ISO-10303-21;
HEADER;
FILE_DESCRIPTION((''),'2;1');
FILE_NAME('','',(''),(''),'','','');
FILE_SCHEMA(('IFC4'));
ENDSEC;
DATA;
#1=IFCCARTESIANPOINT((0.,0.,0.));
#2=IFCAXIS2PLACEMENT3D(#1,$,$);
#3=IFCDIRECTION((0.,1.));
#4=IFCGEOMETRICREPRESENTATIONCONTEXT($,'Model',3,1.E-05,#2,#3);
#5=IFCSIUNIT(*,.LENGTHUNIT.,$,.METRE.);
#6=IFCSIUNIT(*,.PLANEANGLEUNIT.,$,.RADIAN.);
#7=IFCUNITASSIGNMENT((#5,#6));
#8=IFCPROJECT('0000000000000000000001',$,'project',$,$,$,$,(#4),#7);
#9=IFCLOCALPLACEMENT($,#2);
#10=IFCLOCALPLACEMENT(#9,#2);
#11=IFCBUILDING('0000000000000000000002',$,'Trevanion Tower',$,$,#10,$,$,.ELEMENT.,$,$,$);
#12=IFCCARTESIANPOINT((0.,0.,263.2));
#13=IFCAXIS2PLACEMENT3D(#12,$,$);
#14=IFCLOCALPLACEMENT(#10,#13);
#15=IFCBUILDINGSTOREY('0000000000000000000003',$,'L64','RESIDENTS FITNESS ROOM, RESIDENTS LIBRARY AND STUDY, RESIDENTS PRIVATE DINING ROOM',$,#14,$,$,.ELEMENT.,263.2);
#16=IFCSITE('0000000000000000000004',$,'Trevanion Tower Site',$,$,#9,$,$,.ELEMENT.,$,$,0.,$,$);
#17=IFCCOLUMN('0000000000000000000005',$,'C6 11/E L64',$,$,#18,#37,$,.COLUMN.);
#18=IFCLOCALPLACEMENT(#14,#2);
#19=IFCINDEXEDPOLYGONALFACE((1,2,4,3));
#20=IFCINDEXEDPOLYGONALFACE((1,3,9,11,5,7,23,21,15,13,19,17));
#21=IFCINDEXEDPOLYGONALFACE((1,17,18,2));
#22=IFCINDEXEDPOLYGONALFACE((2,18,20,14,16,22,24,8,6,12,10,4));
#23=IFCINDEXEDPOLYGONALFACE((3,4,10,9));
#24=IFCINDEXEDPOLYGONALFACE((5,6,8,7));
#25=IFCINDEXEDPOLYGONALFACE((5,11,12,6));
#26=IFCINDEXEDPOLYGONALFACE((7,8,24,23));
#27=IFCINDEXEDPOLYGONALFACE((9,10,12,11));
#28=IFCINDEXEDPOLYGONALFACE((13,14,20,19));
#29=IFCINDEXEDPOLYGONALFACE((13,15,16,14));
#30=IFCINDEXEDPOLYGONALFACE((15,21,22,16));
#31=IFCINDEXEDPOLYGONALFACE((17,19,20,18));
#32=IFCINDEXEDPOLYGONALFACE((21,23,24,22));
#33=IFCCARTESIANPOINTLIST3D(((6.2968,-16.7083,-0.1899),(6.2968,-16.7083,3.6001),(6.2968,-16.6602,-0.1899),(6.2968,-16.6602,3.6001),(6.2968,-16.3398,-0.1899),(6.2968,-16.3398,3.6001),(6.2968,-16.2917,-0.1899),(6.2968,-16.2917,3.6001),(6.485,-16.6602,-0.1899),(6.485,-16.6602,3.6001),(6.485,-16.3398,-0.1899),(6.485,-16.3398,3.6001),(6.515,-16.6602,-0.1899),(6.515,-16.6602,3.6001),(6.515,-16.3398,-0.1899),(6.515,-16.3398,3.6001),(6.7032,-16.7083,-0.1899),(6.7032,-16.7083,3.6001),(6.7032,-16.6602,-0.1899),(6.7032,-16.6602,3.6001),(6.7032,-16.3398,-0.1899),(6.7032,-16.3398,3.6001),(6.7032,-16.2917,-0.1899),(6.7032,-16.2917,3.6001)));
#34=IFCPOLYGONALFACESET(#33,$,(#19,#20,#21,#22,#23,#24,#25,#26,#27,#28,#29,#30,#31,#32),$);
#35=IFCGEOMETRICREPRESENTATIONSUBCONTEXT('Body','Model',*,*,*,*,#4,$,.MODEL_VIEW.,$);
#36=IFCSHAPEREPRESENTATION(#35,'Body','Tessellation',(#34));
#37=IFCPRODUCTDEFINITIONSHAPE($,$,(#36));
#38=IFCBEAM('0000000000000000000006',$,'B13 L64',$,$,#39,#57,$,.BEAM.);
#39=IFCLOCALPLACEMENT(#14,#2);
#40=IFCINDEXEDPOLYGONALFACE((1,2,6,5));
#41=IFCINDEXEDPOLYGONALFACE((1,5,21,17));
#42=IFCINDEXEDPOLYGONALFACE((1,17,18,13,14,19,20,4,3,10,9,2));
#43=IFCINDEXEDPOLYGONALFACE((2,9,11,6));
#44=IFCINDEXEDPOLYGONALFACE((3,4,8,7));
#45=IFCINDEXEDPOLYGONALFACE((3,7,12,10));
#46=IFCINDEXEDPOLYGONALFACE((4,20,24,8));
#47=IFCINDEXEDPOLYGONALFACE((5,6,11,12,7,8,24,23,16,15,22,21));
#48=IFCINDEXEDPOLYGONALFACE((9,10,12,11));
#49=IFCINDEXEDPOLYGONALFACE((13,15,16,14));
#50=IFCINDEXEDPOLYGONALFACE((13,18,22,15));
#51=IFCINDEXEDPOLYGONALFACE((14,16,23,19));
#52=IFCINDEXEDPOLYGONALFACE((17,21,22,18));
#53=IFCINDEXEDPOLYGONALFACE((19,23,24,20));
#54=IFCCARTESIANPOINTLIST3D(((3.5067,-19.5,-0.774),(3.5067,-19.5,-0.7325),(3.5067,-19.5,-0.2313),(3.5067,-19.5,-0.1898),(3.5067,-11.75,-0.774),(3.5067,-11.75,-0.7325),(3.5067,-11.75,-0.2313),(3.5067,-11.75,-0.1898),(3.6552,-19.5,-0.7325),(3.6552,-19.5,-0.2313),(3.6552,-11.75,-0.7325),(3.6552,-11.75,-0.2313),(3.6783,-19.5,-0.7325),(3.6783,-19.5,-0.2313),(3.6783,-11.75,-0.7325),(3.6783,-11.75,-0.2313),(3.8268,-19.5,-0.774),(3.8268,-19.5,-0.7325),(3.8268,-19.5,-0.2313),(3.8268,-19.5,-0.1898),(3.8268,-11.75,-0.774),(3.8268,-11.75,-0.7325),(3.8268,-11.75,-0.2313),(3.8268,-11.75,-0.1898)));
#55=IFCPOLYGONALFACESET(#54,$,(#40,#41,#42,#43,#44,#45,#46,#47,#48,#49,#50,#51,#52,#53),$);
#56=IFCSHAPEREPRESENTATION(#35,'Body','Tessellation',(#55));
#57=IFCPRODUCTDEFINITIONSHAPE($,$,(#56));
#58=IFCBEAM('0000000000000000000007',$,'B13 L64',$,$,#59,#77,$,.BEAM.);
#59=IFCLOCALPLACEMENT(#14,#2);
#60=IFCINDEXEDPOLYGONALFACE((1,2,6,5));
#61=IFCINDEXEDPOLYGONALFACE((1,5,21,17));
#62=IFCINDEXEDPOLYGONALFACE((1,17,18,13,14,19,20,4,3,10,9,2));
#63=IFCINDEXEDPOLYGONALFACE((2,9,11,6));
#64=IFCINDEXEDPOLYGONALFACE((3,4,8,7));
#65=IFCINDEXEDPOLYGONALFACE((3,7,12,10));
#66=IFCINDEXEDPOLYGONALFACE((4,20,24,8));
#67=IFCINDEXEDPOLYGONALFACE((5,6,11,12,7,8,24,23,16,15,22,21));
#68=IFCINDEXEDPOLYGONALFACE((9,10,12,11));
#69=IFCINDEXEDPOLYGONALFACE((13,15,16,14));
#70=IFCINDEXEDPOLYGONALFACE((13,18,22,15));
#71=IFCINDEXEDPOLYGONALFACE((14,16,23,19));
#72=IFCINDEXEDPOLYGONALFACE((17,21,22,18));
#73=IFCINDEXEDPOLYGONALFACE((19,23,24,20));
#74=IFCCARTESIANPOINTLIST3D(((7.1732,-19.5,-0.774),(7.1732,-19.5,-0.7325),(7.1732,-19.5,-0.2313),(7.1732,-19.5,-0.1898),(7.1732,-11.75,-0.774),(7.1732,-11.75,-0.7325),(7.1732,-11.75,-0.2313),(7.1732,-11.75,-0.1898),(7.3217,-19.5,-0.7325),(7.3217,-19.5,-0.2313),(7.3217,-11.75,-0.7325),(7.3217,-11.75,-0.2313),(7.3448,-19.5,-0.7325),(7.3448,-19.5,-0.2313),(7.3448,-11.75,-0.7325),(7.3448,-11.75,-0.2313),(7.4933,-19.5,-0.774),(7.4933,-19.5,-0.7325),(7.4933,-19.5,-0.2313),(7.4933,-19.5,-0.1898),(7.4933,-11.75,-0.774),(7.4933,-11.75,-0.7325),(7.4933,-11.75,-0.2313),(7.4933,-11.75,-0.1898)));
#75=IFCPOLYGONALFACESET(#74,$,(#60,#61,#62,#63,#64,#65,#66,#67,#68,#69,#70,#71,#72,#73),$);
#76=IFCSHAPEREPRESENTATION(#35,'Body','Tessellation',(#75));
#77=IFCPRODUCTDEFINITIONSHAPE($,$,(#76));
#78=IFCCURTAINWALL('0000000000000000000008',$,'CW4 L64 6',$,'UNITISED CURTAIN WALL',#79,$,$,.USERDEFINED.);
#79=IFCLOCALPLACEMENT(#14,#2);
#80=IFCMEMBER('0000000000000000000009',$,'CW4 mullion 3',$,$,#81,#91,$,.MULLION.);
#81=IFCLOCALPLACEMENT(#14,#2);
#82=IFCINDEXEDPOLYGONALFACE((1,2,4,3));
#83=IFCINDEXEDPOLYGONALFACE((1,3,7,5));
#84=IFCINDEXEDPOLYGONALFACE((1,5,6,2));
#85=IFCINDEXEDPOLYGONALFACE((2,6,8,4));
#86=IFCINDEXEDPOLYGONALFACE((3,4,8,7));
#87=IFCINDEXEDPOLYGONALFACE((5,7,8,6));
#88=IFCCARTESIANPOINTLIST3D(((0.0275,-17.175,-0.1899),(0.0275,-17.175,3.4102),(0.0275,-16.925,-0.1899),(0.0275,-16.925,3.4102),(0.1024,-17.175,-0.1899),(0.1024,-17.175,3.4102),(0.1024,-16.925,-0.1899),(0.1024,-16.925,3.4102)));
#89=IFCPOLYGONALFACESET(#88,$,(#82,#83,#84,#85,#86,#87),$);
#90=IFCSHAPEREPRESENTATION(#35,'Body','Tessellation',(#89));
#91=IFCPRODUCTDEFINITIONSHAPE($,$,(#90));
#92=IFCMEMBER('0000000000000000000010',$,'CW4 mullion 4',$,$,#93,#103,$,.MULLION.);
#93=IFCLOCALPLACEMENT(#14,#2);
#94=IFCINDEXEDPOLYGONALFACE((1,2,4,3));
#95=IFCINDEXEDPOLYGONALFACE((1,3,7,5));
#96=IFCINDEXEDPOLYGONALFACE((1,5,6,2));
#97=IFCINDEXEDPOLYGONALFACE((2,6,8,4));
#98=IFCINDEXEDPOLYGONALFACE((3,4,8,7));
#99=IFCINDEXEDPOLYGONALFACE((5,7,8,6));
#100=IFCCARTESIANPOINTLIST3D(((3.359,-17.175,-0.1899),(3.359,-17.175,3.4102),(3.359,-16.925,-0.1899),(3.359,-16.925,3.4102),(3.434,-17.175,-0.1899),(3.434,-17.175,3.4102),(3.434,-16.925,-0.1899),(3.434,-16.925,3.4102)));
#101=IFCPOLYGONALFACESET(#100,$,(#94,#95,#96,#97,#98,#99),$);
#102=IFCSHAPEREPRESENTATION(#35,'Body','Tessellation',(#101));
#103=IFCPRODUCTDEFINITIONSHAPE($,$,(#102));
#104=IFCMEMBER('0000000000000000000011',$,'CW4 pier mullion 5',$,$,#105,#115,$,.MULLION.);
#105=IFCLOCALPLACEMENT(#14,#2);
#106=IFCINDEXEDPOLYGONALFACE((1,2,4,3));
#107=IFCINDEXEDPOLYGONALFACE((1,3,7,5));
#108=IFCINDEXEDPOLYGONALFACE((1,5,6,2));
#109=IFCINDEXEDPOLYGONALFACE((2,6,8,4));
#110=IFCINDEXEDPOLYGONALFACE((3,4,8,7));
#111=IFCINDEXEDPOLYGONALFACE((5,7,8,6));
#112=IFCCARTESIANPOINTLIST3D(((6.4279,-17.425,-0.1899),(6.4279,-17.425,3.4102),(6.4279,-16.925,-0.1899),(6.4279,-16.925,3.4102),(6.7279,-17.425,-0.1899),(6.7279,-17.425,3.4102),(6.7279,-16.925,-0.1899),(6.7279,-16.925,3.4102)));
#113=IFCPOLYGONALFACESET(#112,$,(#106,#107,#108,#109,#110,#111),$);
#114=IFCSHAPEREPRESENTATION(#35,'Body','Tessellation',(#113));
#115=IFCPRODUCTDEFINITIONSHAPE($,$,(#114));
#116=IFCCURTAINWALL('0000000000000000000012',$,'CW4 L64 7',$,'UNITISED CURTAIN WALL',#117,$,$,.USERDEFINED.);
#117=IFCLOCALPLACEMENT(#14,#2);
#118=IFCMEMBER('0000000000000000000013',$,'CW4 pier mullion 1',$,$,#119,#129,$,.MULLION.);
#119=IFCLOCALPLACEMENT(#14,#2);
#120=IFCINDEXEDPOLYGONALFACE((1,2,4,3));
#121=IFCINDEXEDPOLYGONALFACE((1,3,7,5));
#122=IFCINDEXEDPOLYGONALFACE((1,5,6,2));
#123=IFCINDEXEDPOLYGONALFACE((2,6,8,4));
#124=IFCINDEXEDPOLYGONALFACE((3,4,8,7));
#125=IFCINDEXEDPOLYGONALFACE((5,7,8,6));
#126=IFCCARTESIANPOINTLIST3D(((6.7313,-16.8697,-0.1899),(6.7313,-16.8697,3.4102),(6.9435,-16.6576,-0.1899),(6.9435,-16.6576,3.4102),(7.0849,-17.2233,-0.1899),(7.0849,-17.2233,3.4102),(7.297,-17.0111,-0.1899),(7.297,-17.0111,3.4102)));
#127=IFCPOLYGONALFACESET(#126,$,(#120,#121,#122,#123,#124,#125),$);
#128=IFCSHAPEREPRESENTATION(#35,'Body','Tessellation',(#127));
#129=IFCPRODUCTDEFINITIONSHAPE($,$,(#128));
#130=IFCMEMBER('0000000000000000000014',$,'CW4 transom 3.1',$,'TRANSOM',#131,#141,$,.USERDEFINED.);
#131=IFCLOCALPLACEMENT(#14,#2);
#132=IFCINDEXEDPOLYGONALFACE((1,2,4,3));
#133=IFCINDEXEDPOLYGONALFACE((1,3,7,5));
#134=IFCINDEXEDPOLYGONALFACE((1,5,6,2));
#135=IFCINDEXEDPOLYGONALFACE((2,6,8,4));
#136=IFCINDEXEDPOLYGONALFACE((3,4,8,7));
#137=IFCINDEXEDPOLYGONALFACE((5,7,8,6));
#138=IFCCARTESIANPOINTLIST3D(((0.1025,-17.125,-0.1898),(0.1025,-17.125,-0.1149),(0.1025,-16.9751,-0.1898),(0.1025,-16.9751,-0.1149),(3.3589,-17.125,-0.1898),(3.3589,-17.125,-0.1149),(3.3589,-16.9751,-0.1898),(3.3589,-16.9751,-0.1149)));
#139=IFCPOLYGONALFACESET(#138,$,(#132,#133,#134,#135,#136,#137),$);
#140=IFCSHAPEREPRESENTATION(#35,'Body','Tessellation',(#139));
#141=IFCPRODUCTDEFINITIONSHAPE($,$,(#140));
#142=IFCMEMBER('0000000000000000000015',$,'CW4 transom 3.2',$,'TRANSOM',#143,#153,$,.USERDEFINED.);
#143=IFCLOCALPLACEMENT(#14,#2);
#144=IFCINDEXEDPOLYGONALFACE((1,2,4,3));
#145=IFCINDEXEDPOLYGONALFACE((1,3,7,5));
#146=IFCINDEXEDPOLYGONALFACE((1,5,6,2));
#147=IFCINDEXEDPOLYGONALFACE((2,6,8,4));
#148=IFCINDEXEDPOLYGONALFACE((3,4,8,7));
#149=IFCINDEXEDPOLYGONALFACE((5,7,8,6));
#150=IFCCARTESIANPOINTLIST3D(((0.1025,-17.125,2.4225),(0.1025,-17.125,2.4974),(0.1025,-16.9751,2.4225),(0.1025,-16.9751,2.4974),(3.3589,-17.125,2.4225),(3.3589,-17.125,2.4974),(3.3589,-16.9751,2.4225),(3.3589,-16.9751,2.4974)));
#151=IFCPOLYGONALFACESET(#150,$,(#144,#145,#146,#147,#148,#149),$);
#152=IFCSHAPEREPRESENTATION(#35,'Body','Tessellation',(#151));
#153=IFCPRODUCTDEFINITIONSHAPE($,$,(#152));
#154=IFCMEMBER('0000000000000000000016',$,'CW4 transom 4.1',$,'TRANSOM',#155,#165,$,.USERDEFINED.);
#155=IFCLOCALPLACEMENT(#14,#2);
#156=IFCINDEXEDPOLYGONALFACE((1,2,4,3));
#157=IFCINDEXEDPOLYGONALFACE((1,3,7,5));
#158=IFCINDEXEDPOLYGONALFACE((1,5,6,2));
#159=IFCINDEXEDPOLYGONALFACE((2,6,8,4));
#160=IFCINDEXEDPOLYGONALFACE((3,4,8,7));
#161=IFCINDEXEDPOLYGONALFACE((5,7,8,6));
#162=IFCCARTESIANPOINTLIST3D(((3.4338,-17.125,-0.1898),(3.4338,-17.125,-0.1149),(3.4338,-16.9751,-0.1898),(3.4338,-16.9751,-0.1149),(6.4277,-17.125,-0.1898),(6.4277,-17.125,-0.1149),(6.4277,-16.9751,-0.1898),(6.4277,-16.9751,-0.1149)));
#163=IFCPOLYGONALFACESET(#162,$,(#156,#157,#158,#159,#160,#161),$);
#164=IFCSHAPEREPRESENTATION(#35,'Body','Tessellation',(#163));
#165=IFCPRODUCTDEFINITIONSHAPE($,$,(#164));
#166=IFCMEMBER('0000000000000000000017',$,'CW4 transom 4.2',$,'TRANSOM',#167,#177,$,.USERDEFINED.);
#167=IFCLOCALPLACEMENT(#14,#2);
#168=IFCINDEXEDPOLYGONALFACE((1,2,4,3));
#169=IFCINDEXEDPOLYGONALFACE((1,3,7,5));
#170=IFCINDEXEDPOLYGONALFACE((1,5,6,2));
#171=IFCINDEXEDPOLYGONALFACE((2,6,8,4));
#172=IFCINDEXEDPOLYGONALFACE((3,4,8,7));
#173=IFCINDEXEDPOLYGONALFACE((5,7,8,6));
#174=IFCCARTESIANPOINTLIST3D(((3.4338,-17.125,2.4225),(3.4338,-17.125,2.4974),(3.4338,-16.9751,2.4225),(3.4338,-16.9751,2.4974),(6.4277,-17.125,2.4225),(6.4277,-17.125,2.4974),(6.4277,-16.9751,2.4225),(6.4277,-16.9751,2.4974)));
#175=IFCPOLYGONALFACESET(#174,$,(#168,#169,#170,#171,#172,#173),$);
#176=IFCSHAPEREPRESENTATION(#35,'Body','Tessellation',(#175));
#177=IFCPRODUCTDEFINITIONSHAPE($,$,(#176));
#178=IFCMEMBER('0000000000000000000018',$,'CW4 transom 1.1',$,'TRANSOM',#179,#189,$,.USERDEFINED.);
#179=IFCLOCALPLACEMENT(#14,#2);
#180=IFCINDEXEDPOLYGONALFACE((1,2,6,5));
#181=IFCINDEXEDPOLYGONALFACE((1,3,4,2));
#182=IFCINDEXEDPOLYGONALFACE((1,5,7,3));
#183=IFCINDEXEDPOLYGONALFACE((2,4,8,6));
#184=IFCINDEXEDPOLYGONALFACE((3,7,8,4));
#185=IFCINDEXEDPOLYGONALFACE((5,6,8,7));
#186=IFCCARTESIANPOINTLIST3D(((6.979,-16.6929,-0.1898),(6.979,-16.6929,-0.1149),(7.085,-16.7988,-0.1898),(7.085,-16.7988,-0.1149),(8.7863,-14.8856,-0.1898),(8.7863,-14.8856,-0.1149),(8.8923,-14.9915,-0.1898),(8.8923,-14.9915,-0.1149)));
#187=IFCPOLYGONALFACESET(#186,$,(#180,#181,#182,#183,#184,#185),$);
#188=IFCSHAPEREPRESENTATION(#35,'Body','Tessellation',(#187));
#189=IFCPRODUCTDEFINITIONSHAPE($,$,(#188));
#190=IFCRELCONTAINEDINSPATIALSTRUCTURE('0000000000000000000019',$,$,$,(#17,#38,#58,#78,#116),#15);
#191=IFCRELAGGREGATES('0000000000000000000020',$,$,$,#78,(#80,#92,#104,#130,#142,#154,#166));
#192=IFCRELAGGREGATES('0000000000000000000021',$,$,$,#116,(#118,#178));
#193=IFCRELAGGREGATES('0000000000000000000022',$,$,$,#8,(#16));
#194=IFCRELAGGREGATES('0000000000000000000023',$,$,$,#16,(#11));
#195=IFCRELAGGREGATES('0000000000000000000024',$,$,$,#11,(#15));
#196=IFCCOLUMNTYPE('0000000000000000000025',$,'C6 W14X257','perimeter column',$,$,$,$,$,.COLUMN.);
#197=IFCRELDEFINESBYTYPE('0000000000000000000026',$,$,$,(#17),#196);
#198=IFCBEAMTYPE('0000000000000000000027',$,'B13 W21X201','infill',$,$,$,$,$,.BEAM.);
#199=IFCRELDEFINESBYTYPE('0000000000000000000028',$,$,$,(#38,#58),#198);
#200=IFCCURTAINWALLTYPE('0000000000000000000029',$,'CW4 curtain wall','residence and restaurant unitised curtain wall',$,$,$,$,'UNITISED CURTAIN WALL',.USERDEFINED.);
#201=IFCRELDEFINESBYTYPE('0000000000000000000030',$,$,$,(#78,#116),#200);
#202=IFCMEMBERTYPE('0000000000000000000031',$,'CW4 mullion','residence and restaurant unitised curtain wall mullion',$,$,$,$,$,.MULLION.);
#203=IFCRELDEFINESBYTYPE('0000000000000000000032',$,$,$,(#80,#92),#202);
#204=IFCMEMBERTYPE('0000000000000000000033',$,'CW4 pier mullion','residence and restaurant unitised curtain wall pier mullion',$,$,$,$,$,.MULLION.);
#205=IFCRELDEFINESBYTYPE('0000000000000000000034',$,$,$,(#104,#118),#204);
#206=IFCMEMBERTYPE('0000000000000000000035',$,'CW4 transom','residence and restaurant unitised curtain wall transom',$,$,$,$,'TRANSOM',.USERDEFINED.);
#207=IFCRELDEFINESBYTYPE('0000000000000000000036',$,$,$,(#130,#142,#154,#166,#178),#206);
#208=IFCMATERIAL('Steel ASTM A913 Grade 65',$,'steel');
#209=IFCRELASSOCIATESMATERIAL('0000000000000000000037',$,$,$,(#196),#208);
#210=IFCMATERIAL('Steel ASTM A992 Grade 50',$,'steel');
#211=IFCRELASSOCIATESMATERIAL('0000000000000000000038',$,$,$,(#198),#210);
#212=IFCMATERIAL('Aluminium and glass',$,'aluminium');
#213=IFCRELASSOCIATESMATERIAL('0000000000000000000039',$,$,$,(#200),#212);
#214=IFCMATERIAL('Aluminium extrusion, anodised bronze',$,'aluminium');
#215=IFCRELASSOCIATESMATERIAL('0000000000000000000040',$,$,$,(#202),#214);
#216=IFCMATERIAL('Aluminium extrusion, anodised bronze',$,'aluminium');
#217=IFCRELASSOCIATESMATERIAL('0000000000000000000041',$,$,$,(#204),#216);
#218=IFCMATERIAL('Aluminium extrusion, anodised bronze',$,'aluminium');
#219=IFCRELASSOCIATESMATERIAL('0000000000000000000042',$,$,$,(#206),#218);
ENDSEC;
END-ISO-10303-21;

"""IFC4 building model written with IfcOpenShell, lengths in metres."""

from ifc_helpers import new_model, si_unit, direction, frame, origin, origin_2d, place, context, subcontext, project, spatial, rectangle, i_section, extrude, material, material_profile, profile_set, type_object, element, aggregate, save


model = new_model("IFC4")

# Units and contexts
model_context = context("Model", 3, precision=1e-05, world=origin(), true_north=direction((0.0, 1.0)))
body_context = subcontext(model_context, "Body", "Model", "MODEL_VIEW")
ifc_project = project(units=[si_unit("LENGTHUNIT", "METRE"), si_unit("PLANEANGLEUNIT", "RADIAN")], contexts=[model_context])

# Site, building, storey
site_placement = place(None, origin())
site = spatial("IfcSite", under=ifc_project, at=site_placement, Name="Trevanion Tower Site", CompositionType="ELEMENT", RefElevation=0.0)
building_placement = place(site_placement, origin())
building = spatial("IfcBuilding", under=site, at=building_placement, Name="Trevanion Tower", CompositionType="ELEMENT")
storey_placement = place(building_placement, frame((0.0, 0.0, 263.2)))
storey = spatial("IfcBuildingStorey", under=building, at=storey_placement, Name="L64", Description="RESIDENTS FITNESS ROOM, RESIDENTS LIBRARY AND STUDY, RESIDENTS PRIVATE DINING ROOM", CompositionType="ELEMENT", Elevation=263.2)

# Column
ifc_material_1 = material(Name="Steel ASTM A913 Grade 65", Category="steel")
ifc_material_profile_1 = material_profile(ifc_material_1, i_section(OverallWidth=0.4065, OverallDepth=0.4165, WebThickness=0.03, FlangeThickness=0.0481, at=origin_2d()), Name="W14X257")
ifc_profile_set_1 = profile_set([ifc_material_profile_1], Name="Steel ASTM A913 Grade 65")
column_type = type_object("IfcColumnType", Name="C6 W14X257", Description="perimeter column", PredefinedType="COLUMN", material=ifc_profile_set_1)
column_placement = place(storey_placement, frame((6.5, -16.5, -0.1899), z_axis=(0.0, 0.0, 1.0), x_axis=(1.0, 0.0, 0.0)))
element("IfcColumn", 1, at=column_placement, inside=storey, type_object=column_type, Name="C6 11/E L64", PredefinedType="COLUMN", context=body_context, shape_type="SweptSolid", body=[
    extrude(i_section(OverallWidth=0.4065, OverallDepth=0.4165, WebThickness=0.03, FlangeThickness=0.0481, at=origin_2d()), origin(), (0.0, 0.0, 1.0), 3.79),
])

# Beams
ifc_material_2 = material(Name="Steel ASTM A992 Grade 50", Category="steel")
ifc_material_profile_2 = material_profile(ifc_material_2, i_section(OverallWidth=0.3201, OverallDepth=0.5842, WebThickness=0.0232, FlangeThickness=0.0415, at=origin_2d()), Name="W21X201")
ifc_profile_set_2 = profile_set([ifc_material_profile_2], Name="Steel ASTM A992 Grade 50")
beam_type_1 = type_object("IfcBeamType", Name="B13 W21X201", Description="infill", PredefinedType="BEAM", material=ifc_profile_set_2)
for number, where, z_axis, x_axis, name in (
    (2, (3.6667, -11.75, -0.4819), (0.0, -1.0, 0.0), (1.0, 0.0, 0.0), "B13 L64"),
    (3, (7.3333, -11.75, -0.4819), (0.0, -1.0, 0.0), (1.0, 0.0, 0.0), "B13 L64"),
):
    element("IfcBeam", number, at=place(storey_placement, frame(where, z_axis=z_axis, x_axis=x_axis)), inside=storey, type_object=beam_type_1, Name=name, PredefinedType="BEAM", context=body_context, shape_type="SweptSolid", body=[
        extrude(i_section(OverallWidth=0.3201, OverallDepth=0.5842, WebThickness=0.0232, FlangeThickness=0.0415, at=origin_2d()), origin(), (0.0, 0.0, 1.0), 7.75),
    ])

# Curtain wall, members
ifc_material_3 = material(Name="Aluminium and glass", Category="aluminium")
curtain_wall_type = type_object("IfcCurtainWallType", Name="CW4 curtain wall", Description="residence and restaurant unitised curtain wall", ElementType="UNITISED CURTAIN WALL", PredefinedType="USERDEFINED", material=ifc_material_3)
curtain_wall_1_placement = place(storey_placement, origin())
curtain_wall_1 = element("IfcCurtainWall", 4, at=curtain_wall_1_placement, inside=storey, type_object=curtain_wall_type, Name="CW4 L64 6", ObjectType="UNITISED CURTAIN WALL", PredefinedType="USERDEFINED")
ifc_material_4 = material(Name="Aluminium extrusion, anodised bronze", Category="aluminium")
ifc_material_profile_3 = material_profile(ifc_material_4, rectangle(XDim=0.075, YDim=0.25, at=origin_2d()), Name="CW4 mullion")
ifc_profile_set_3 = profile_set([ifc_material_profile_3], Name="Aluminium extrusion, anodised bronze")
member_type_1 = type_object("IfcMemberType", Name="CW4 mullion", Description="residence and restaurant unitised curtain wall mullion", PredefinedType="MULLION", material=ifc_profile_set_3)
member_1_placement = place(storey_placement, frame((0.0649, -17.05, -0.1899), z_axis=(0.0, 0.0, 1.0), x_axis=(1.0, 0.0, 0.0)))
member_1 = element("IfcMember", 5, at=member_1_placement, type_object=member_type_1, Name="CW4 mullion 3", PredefinedType="MULLION", context=body_context, shape_type="SweptSolid", body=[
    extrude(rectangle(XDim=0.075, YDim=0.25, at=origin_2d()), origin(), (0.0, 0.0, 1.0), 3.6001),
])
member_2_placement = place(storey_placement, frame((3.3965, -17.05, -0.1899), z_axis=(0.0, 0.0, 1.0), x_axis=(1.0, 0.0, 0.0)))
member_2 = element("IfcMember", 6, at=member_2_placement, type_object=member_type_1, Name="CW4 mullion 4", PredefinedType="MULLION", context=body_context, shape_type="SweptSolid", body=[
    extrude(rectangle(XDim=0.075, YDim=0.25, at=origin_2d()), origin(), (0.0, 0.0, 1.0), 3.6001),
])
ifc_material_5 = material(Name="Aluminium extrusion, anodised bronze", Category="aluminium")
ifc_material_profile_4 = material_profile(ifc_material_5, rectangle(XDim=0.3, YDim=0.5, at=origin_2d()), Name="CW4 pier mullion")
ifc_profile_set_4 = profile_set([ifc_material_profile_4], Name="Aluminium extrusion, anodised bronze")
member_type_2 = type_object("IfcMemberType", Name="CW4 pier mullion", Description="residence and restaurant unitised curtain wall pier mullion", PredefinedType="MULLION", material=ifc_profile_set_4)
member_3_placement = place(storey_placement, frame((6.5779, -17.175, -0.1899), z_axis=(0.0, 0.0, 1.0), x_axis=(1.0, 0.0, 0.0)))
member_3 = element("IfcMember", 7, at=member_3_placement, type_object=member_type_2, Name="CW4 pier mullion 5", PredefinedType="MULLION", context=body_context, shape_type="SweptSolid", body=[
    extrude(rectangle(XDim=0.3, YDim=0.5, at=origin_2d()), origin(), (0.0, 0.0, 1.0), 3.6001),
])

# Curtain wall, member
curtain_wall_2_placement = place(storey_placement, origin())
curtain_wall_2 = element("IfcCurtainWall", 8, at=curtain_wall_2_placement, inside=storey, type_object=curtain_wall_type, Name="CW4 L64 7", ObjectType="UNITISED CURTAIN WALL", PredefinedType="USERDEFINED")
member_4_placement = place(storey_placement, frame((7.0142, -16.9404, -0.1899), z_axis=(0.0, 0.0, 1.0), x_axis=(0.707107, 0.707107, 0.0)))
member_4 = element("IfcMember", 9, at=member_4_placement, type_object=member_type_2, Name="CW4 pier mullion 1", PredefinedType="MULLION", context=body_context, shape_type="SweptSolid", body=[
    extrude(rectangle(XDim=0.3, YDim=0.5, at=origin_2d()), origin(), (0.0, 0.0, 1.0), 3.6001),
])

# Members
ifc_material_6 = material(Name="Aluminium extrusion, anodised bronze", Category="aluminium")
ifc_material_profile_5 = material_profile(ifc_material_6, rectangle(XDim=0.1499, YDim=0.075, at=origin_2d()), Name="CW4 transom")
ifc_profile_set_5 = profile_set([ifc_material_profile_5], Name="Aluminium extrusion, anodised bronze")
member_type_3 = type_object("IfcMemberType", Name="CW4 transom", Description="residence and restaurant unitised curtain wall transom", ElementType="TRANSOM", PredefinedType="USERDEFINED", material=ifc_profile_set_5)
member_5_placement = place(storey_placement, frame((0.1025, -17.05, -0.1523), z_axis=(1.0, 0.0, 0.0), x_axis=(0.0, 1.0, 0.0)))
member_5 = element("IfcMember", 10, at=member_5_placement, type_object=member_type_3, Name="CW4 transom 3.1", ObjectType="TRANSOM", PredefinedType="USERDEFINED", context=body_context, shape_type="SweptSolid", body=[
    extrude(rectangle(XDim=0.1499, YDim=0.075, at=origin_2d()), origin(), (0.0, 0.0, 1.0), 3.2563),
])
member_6_placement = place(storey_placement, frame((0.1025, -17.05, 2.46), z_axis=(1.0, 0.0, 0.0), x_axis=(0.0, 1.0, 0.0)))
member_6 = element("IfcMember", 11, at=member_6_placement, type_object=member_type_3, Name="CW4 transom 3.2", ObjectType="TRANSOM", PredefinedType="USERDEFINED", context=body_context, shape_type="SweptSolid", body=[
    extrude(rectangle(XDim=0.1499, YDim=0.075, at=origin_2d()), origin(), (0.0, 0.0, 1.0), 3.2563),
])
member_7_placement = place(storey_placement, frame((3.4338, -17.05, -0.1523), z_axis=(1.0, 0.0, 0.0), x_axis=(0.0, 1.0, 0.0)))
member_7 = element("IfcMember", 12, at=member_7_placement, type_object=member_type_3, Name="CW4 transom 4.1", ObjectType="TRANSOM", PredefinedType="USERDEFINED", context=body_context, shape_type="SweptSolid", body=[
    extrude(rectangle(XDim=0.1499, YDim=0.075, at=origin_2d()), origin(), (0.0, 0.0, 1.0), 2.9939),
])
member_8_placement = place(storey_placement, frame((3.4338, -17.05, 2.46), z_axis=(1.0, 0.0, 0.0), x_axis=(0.0, 1.0, 0.0)))
member_8 = element("IfcMember", 13, at=member_8_placement, type_object=member_type_3, Name="CW4 transom 4.2", ObjectType="TRANSOM", PredefinedType="USERDEFINED", context=body_context, shape_type="SweptSolid", body=[
    extrude(rectangle(XDim=0.1499, YDim=0.075, at=origin_2d()), origin(), (0.0, 0.0, 1.0), 2.9939),
])
member_9_placement = place(storey_placement, frame((7.032, -16.7458, -0.1523), z_axis=(0.707107, 0.707107, 0.0), x_axis=(-0.707107, 0.707107, 0.0)))
member_9 = element("IfcMember", 14, at=member_9_placement, type_object=member_type_3, Name="CW4 transom 1.1", ObjectType="TRANSOM", PredefinedType="USERDEFINED", context=body_context, shape_type="SweptSolid", body=[
    extrude(rectangle(XDim=0.1499, YDim=0.075, at=origin_2d()), origin(), (0.0, 0.0, 1.0), 2.5559),
])

aggregate(curtain_wall_1, [member_1, member_2, member_3, member_5, member_6, member_7, member_8])
aggregate(curtain_wall_2, [member_4, member_9])

save(model, "model.ifc")
